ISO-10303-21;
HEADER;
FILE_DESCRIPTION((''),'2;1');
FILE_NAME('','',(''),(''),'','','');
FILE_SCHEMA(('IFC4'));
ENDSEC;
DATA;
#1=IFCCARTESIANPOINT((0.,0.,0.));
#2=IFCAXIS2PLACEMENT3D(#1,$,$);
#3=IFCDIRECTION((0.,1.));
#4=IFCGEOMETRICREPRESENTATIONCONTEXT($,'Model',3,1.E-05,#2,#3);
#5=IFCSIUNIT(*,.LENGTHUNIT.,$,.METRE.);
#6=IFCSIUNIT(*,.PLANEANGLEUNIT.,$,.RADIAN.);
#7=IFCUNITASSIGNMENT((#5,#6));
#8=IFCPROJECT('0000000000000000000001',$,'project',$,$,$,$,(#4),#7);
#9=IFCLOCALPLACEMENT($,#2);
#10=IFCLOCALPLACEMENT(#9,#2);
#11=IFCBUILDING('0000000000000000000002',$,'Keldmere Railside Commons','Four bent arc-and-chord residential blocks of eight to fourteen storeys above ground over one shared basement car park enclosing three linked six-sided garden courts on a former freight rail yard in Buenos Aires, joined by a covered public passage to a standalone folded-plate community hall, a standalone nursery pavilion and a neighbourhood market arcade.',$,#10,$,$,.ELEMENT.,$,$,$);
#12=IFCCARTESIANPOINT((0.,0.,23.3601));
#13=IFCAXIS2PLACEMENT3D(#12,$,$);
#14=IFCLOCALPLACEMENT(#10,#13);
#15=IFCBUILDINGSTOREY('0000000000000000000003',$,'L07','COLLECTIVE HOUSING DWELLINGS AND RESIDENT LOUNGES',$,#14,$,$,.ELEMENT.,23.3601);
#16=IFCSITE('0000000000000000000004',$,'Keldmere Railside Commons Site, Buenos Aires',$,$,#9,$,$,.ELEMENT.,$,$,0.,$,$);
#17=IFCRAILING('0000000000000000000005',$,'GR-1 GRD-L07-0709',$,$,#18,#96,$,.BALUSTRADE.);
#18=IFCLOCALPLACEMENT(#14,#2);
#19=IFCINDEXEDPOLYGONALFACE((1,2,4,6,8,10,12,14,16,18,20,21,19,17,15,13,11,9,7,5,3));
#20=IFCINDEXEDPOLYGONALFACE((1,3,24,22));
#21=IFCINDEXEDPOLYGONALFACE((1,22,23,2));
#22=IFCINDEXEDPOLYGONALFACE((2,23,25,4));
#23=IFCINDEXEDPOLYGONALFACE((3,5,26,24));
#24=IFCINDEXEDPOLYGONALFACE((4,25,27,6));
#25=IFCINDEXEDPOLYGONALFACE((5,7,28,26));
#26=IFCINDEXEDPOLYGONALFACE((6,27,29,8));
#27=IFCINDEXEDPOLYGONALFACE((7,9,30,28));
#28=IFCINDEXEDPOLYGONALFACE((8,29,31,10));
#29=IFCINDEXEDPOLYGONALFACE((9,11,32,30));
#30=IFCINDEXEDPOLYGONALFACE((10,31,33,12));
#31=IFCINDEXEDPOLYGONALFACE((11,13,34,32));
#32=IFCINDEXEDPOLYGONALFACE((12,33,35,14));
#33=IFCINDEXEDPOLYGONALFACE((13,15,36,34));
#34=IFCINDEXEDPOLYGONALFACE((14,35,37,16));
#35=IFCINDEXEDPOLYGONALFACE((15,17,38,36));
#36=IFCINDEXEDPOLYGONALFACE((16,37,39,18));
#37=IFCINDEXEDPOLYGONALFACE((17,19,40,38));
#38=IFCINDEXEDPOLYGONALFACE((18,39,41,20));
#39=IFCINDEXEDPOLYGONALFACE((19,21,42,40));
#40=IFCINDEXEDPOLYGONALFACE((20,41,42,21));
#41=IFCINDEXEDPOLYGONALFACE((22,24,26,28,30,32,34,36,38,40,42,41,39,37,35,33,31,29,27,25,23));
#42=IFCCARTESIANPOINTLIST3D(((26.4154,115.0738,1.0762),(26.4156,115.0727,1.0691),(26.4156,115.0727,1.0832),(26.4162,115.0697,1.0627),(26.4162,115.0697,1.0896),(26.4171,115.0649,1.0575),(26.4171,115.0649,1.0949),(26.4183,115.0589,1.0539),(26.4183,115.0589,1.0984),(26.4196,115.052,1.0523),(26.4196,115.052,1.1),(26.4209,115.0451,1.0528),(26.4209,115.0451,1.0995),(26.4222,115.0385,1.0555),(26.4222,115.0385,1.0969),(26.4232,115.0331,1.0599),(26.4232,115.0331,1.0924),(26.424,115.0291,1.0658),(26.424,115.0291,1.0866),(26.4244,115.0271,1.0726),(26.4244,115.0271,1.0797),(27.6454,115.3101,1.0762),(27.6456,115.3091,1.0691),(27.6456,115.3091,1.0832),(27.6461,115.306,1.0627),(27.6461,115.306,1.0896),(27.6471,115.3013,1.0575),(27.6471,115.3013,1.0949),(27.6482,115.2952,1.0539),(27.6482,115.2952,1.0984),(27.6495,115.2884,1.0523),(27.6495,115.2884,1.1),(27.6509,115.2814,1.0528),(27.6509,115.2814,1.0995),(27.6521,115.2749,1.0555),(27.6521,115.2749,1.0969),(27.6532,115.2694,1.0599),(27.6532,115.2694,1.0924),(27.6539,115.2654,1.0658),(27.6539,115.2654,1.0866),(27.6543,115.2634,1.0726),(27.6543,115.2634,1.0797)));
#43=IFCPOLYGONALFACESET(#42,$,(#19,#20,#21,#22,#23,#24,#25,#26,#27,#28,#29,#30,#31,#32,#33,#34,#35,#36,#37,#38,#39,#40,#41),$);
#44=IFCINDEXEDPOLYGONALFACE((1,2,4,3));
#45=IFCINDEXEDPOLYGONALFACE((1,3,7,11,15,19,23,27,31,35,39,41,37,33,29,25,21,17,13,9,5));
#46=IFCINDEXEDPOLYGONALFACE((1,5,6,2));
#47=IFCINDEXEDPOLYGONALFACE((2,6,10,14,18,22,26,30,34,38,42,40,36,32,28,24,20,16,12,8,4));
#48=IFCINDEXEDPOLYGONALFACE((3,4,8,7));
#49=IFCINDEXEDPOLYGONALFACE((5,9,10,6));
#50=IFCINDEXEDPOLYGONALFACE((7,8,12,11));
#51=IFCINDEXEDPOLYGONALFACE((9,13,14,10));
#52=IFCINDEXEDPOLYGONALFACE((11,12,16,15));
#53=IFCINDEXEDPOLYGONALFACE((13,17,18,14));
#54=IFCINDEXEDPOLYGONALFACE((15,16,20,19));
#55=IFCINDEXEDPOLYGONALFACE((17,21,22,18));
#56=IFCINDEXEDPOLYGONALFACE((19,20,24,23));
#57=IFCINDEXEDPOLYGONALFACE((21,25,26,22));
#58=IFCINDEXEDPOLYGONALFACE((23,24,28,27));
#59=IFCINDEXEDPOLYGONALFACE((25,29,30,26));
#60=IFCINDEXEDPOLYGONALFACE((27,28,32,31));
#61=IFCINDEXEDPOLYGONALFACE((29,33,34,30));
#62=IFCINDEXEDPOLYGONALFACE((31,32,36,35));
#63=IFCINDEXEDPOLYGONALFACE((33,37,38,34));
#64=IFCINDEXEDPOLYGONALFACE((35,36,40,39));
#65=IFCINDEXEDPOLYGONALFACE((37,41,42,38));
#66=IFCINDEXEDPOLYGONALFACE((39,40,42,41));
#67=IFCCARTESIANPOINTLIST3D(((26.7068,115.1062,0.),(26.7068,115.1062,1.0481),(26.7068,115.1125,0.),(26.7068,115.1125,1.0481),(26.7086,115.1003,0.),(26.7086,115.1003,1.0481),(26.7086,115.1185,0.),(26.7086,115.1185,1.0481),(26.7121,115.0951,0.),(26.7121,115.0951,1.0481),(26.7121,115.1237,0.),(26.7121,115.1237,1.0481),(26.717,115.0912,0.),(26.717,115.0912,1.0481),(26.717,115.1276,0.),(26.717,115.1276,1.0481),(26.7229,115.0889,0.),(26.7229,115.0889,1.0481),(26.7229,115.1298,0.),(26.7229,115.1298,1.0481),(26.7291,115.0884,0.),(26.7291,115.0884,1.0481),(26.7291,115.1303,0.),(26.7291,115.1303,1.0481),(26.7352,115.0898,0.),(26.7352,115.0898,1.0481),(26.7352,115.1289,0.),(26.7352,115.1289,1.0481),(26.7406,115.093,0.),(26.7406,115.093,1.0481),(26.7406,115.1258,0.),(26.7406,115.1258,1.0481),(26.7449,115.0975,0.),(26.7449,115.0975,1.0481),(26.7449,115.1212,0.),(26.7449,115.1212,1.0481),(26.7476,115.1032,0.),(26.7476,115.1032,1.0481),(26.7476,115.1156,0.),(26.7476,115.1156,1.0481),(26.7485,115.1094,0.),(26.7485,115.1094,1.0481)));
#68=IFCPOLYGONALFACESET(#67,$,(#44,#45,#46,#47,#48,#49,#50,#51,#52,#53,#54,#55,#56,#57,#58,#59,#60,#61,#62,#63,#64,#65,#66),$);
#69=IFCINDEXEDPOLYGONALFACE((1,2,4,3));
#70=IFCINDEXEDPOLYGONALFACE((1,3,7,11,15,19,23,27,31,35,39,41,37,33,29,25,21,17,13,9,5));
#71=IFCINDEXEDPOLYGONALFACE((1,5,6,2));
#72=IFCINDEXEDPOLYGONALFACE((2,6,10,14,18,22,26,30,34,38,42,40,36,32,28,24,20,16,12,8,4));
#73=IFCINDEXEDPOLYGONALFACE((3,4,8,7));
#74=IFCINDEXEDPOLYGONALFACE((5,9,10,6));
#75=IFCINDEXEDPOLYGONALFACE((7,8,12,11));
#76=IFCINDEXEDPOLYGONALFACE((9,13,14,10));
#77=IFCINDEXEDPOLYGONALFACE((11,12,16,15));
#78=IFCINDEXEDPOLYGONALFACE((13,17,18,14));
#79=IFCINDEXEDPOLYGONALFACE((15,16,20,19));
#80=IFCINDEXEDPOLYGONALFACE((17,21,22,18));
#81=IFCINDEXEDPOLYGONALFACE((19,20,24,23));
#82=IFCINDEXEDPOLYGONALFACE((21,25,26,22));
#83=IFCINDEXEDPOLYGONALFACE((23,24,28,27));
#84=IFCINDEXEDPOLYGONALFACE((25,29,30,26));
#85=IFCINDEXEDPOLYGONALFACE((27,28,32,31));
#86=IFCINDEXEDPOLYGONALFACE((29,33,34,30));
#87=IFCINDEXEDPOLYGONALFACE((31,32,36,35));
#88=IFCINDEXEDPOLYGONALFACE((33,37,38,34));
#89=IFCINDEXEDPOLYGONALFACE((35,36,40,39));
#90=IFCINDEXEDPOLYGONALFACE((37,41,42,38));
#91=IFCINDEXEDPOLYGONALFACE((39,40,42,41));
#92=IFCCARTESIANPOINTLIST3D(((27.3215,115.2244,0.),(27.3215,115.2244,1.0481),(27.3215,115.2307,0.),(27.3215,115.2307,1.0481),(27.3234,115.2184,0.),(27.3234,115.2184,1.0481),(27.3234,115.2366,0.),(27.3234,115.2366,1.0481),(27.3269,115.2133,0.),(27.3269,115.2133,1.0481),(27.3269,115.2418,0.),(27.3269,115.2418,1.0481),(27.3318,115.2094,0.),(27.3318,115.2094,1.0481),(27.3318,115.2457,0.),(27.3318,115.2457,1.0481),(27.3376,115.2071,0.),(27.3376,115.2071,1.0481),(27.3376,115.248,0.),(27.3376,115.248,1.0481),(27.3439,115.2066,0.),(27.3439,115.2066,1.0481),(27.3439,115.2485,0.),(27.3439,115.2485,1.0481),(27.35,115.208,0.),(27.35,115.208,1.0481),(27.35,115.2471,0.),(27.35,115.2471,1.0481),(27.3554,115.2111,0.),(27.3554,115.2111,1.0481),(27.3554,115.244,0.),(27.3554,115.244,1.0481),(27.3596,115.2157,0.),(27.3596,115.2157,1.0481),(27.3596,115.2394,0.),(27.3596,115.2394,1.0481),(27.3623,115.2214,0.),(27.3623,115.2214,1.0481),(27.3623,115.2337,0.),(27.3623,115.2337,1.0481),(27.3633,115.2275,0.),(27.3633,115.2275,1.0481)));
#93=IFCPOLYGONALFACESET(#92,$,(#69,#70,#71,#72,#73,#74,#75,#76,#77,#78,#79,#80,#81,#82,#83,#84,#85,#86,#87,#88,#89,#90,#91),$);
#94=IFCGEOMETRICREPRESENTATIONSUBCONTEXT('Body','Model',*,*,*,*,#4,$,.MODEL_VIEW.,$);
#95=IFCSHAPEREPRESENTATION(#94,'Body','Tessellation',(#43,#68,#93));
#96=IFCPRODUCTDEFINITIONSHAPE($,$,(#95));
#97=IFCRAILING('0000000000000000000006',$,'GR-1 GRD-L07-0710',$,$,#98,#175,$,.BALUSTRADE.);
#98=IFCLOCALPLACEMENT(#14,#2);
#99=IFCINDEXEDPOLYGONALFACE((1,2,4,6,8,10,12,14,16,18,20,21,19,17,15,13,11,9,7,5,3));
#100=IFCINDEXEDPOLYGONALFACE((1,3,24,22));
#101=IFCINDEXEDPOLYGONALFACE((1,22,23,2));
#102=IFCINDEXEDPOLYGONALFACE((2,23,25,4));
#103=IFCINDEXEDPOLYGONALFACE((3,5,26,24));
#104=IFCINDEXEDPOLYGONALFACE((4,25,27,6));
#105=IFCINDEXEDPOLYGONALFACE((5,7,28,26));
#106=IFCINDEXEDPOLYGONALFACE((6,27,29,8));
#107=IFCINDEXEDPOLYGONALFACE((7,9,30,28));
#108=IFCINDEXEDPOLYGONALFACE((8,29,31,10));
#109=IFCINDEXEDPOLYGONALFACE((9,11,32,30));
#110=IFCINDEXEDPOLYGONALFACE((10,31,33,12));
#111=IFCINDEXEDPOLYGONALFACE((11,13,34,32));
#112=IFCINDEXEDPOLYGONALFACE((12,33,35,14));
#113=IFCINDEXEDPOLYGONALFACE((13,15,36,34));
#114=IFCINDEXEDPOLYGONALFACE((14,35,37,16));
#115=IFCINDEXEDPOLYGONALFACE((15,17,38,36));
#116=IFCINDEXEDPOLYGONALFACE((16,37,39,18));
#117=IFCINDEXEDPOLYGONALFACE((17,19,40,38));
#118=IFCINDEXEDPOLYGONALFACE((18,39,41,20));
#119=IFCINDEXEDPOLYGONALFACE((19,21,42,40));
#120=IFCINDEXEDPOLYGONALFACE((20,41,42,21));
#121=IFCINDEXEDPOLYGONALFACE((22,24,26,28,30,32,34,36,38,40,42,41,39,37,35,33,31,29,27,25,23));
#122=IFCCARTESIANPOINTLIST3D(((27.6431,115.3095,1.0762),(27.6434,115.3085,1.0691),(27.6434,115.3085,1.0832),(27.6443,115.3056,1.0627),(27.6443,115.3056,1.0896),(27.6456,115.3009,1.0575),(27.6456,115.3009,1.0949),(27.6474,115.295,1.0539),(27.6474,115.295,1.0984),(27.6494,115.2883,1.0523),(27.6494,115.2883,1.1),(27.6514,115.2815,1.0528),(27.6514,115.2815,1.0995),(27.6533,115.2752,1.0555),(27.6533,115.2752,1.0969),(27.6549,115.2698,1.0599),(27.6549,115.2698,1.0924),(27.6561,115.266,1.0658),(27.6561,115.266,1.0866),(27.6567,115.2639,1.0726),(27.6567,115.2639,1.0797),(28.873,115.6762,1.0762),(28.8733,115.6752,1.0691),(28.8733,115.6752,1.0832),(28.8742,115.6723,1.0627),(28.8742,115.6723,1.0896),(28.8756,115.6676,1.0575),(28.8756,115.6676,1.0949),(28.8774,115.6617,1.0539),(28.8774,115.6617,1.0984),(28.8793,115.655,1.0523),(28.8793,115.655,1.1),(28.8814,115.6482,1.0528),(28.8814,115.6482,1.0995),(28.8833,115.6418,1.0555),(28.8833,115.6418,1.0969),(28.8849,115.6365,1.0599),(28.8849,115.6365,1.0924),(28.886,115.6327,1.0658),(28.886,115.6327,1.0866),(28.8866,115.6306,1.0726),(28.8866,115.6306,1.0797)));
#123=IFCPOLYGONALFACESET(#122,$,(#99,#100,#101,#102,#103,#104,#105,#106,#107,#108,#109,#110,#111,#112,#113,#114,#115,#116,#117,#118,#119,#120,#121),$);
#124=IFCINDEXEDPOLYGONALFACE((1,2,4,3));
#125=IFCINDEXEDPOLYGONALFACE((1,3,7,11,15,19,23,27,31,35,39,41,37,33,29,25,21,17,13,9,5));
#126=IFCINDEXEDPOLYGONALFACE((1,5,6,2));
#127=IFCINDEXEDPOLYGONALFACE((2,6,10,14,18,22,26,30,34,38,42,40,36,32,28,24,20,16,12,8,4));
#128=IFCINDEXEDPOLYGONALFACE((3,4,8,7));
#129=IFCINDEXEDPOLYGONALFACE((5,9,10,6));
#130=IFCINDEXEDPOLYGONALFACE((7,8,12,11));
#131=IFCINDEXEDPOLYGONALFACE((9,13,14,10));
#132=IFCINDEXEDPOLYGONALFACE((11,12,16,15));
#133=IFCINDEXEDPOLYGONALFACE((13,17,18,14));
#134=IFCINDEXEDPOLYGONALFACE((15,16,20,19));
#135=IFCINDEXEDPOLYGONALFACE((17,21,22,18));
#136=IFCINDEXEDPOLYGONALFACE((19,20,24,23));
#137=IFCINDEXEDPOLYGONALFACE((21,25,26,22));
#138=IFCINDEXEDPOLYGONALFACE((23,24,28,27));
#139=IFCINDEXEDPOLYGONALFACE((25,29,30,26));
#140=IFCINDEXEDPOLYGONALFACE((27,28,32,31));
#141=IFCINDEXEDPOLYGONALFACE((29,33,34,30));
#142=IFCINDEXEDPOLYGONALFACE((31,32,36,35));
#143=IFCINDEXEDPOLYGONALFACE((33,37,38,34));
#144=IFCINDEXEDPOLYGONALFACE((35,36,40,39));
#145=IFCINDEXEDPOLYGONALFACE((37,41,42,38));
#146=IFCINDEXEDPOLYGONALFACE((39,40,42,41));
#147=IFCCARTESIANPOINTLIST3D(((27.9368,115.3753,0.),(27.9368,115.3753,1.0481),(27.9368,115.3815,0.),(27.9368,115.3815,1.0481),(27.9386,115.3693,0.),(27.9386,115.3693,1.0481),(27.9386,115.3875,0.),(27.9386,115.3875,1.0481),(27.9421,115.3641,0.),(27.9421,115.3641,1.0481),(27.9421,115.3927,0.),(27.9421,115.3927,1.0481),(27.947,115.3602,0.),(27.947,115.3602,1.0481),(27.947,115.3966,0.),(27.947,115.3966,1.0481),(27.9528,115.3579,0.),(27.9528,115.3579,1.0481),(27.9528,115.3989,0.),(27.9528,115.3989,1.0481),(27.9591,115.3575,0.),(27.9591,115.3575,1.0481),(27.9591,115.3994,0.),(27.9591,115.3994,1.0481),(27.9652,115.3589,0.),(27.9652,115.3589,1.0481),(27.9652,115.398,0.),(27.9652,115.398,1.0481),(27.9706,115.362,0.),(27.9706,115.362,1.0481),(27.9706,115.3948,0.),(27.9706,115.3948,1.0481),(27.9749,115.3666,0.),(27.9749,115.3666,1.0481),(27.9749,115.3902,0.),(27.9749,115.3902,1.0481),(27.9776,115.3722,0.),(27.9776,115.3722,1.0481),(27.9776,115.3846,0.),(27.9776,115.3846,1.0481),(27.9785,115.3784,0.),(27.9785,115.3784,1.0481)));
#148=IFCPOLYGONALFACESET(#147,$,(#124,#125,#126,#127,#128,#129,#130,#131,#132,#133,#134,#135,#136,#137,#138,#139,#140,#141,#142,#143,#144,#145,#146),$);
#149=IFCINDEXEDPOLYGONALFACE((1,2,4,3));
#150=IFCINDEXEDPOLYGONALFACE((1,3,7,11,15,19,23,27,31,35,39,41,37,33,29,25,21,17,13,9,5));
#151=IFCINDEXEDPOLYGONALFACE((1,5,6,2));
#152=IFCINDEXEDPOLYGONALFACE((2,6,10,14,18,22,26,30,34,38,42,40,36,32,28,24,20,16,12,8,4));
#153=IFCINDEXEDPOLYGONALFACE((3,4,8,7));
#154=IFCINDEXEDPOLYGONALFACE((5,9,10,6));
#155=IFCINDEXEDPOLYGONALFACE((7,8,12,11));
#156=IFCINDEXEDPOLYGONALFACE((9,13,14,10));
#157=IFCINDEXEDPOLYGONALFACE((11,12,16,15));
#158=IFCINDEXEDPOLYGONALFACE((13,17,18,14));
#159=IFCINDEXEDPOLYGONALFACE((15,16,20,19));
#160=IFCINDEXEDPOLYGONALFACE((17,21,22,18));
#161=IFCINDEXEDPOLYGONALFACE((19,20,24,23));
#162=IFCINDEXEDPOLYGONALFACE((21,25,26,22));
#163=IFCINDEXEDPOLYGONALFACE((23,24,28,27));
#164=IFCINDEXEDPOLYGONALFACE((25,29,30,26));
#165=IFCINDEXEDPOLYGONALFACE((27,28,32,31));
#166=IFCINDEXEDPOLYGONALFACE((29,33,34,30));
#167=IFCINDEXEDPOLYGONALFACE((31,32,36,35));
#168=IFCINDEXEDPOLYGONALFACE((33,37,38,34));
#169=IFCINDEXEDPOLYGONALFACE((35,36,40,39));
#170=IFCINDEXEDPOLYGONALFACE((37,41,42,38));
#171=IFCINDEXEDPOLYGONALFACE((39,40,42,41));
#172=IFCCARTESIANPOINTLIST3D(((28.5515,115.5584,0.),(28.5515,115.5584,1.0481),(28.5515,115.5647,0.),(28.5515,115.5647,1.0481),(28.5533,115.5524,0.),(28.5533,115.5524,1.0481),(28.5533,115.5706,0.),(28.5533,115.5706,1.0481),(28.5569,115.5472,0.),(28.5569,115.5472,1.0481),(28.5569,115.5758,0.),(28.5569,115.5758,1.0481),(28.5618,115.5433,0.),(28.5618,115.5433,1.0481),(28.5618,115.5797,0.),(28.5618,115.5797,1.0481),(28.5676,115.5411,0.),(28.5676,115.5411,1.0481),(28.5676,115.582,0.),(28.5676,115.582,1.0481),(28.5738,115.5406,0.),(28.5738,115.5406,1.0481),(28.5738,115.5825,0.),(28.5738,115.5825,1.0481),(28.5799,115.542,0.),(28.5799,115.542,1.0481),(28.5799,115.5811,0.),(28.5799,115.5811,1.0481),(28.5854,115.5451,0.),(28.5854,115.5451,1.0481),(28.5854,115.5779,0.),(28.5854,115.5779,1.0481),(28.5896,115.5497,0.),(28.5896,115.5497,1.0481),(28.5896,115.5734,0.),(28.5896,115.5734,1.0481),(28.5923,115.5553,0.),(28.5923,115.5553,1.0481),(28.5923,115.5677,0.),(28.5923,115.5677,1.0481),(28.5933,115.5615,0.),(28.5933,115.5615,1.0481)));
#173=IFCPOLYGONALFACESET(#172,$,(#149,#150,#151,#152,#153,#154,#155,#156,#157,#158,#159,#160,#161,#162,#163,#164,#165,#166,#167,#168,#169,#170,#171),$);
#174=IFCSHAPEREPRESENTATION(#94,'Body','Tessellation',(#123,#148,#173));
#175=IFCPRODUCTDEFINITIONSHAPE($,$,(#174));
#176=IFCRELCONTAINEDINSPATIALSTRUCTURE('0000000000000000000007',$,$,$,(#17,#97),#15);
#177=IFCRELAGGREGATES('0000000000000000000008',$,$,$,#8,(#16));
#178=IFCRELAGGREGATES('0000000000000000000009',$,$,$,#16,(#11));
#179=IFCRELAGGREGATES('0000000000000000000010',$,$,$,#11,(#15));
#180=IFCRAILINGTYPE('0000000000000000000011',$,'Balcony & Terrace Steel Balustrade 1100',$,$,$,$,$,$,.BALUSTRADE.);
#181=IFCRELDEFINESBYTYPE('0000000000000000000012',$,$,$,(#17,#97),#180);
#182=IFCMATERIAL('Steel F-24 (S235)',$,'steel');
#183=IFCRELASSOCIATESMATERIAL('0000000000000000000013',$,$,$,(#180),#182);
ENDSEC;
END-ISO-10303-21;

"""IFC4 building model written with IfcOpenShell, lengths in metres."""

from ifc_helpers import new_model, si_unit, direction, frame, origin, origin_2d, place, context, subcontext, project, spatial, circle, extrude, material, type_object, element, save


model = new_model("IFC4")

# Units and contexts
model_context = context("Model", 3, precision=1e-05, world=origin(), true_north=direction((0.0, 1.0)))
body_context = subcontext(model_context, "Body", "Model", "MODEL_VIEW")
ifc_project = project(units=[si_unit("LENGTHUNIT", "METRE"), si_unit("PLANEANGLEUNIT", "RADIAN")], contexts=[model_context])

# Site, building, storey
site_placement = place(None, origin())
site = spatial("IfcSite", under=ifc_project, at=site_placement, Name="Keldmere Railside Commons Site, Buenos Aires", CompositionType="ELEMENT", RefElevation=0.0)
building_placement = place(site_placement, origin())
building = spatial("IfcBuilding", under=site, at=building_placement, Name="Keldmere Railside Commons", Description="Four bent arc-and-chord residential blocks of eight to fourteen storeys above ground over one shared basement car park enclosing three linked six-sided garden courts on a former freight rail yard in Buenos Aires, joined by a covered public passage to a standalone folded-plate community hall, a standalone nursery pavilion and a neighbourhood market arcade.", CompositionType="ELEMENT")
storey_placement = place(building_placement, frame((0.0, 0.0, 23.3601)))
storey = spatial("IfcBuildingStorey", under=building, at=storey_placement, Name="L07", Description="COLLECTIVE HOUSING DWELLINGS AND RESIDENT LOUNGES", CompositionType="ELEMENT", Elevation=23.3601)

# Railings
ifc_material_1 = material(Name="Steel F-24 (S235)", Category="steel")
railing_type_1 = type_object("IfcRailingType", Name="Balcony & Terrace Steel Balustrade 1100", PredefinedType="BALUSTRADE", material=ifc_material_1)
railing_1_placement = place(storey_placement, frame((26.4199, 115.0503, 0.0)))
element("IfcRailing", 1, at=railing_1_placement, inside=storey, type_object=railing_type_1, Name="GR-1 GRD-L07-0709", PredefinedType="BALUSTRADE", context=body_context, shape_type="SweptSolid", body=[
    extrude(circle(Radius=0.0239, at=origin_2d()), frame((0.0, 0.0, 1.0762), z_axis=(0.982037, 0.188688, 0.0), x_axis=(-0.188688, 0.982037, 0.0)), (0.0, 0.0, 1.0), 1.2524),
    extrude(circle(Radius=0.021, at=origin_2d()), frame((0.3076, 0.0591, 0.0)), (0.0, 0.0, 1.0), 1.0481),
    extrude(circle(Radius=0.021, at=origin_2d()), frame((0.9224, 0.1772, 0.0)), (0.0, 0.0, 1.0), 1.0481),
])
railing_2_placement = place(storey_placement, frame((27.6499, 115.2866, 0.0)))
element("IfcRailing", 2, at=railing_2_placement, inside=storey, type_object=railing_type_1, Name="GR-1 GRD-L07-0710", PredefinedType="BALUSTRADE", context=body_context, shape_type="SweptSolid", body=[
    extrude(circle(Radius=0.0239, at=origin_2d()), frame((0.0, 0.0, 1.0762), z_axis=(0.958317, 0.285707, 0.0), x_axis=(-0.285707, 0.958317, 0.0)), (0.0, 0.0, 1.0), 1.2834),
    extrude(circle(Radius=0.021, at=origin_2d()), frame((0.3076, 0.0918, 0.0)), (0.0, 0.0, 1.0), 1.0481),
    extrude(circle(Radius=0.021, at=origin_2d()), frame((0.9224, 0.2749, 0.0)), (0.0, 0.0, 1.0), 1.0481),
])

save(model, "model.ifc")
